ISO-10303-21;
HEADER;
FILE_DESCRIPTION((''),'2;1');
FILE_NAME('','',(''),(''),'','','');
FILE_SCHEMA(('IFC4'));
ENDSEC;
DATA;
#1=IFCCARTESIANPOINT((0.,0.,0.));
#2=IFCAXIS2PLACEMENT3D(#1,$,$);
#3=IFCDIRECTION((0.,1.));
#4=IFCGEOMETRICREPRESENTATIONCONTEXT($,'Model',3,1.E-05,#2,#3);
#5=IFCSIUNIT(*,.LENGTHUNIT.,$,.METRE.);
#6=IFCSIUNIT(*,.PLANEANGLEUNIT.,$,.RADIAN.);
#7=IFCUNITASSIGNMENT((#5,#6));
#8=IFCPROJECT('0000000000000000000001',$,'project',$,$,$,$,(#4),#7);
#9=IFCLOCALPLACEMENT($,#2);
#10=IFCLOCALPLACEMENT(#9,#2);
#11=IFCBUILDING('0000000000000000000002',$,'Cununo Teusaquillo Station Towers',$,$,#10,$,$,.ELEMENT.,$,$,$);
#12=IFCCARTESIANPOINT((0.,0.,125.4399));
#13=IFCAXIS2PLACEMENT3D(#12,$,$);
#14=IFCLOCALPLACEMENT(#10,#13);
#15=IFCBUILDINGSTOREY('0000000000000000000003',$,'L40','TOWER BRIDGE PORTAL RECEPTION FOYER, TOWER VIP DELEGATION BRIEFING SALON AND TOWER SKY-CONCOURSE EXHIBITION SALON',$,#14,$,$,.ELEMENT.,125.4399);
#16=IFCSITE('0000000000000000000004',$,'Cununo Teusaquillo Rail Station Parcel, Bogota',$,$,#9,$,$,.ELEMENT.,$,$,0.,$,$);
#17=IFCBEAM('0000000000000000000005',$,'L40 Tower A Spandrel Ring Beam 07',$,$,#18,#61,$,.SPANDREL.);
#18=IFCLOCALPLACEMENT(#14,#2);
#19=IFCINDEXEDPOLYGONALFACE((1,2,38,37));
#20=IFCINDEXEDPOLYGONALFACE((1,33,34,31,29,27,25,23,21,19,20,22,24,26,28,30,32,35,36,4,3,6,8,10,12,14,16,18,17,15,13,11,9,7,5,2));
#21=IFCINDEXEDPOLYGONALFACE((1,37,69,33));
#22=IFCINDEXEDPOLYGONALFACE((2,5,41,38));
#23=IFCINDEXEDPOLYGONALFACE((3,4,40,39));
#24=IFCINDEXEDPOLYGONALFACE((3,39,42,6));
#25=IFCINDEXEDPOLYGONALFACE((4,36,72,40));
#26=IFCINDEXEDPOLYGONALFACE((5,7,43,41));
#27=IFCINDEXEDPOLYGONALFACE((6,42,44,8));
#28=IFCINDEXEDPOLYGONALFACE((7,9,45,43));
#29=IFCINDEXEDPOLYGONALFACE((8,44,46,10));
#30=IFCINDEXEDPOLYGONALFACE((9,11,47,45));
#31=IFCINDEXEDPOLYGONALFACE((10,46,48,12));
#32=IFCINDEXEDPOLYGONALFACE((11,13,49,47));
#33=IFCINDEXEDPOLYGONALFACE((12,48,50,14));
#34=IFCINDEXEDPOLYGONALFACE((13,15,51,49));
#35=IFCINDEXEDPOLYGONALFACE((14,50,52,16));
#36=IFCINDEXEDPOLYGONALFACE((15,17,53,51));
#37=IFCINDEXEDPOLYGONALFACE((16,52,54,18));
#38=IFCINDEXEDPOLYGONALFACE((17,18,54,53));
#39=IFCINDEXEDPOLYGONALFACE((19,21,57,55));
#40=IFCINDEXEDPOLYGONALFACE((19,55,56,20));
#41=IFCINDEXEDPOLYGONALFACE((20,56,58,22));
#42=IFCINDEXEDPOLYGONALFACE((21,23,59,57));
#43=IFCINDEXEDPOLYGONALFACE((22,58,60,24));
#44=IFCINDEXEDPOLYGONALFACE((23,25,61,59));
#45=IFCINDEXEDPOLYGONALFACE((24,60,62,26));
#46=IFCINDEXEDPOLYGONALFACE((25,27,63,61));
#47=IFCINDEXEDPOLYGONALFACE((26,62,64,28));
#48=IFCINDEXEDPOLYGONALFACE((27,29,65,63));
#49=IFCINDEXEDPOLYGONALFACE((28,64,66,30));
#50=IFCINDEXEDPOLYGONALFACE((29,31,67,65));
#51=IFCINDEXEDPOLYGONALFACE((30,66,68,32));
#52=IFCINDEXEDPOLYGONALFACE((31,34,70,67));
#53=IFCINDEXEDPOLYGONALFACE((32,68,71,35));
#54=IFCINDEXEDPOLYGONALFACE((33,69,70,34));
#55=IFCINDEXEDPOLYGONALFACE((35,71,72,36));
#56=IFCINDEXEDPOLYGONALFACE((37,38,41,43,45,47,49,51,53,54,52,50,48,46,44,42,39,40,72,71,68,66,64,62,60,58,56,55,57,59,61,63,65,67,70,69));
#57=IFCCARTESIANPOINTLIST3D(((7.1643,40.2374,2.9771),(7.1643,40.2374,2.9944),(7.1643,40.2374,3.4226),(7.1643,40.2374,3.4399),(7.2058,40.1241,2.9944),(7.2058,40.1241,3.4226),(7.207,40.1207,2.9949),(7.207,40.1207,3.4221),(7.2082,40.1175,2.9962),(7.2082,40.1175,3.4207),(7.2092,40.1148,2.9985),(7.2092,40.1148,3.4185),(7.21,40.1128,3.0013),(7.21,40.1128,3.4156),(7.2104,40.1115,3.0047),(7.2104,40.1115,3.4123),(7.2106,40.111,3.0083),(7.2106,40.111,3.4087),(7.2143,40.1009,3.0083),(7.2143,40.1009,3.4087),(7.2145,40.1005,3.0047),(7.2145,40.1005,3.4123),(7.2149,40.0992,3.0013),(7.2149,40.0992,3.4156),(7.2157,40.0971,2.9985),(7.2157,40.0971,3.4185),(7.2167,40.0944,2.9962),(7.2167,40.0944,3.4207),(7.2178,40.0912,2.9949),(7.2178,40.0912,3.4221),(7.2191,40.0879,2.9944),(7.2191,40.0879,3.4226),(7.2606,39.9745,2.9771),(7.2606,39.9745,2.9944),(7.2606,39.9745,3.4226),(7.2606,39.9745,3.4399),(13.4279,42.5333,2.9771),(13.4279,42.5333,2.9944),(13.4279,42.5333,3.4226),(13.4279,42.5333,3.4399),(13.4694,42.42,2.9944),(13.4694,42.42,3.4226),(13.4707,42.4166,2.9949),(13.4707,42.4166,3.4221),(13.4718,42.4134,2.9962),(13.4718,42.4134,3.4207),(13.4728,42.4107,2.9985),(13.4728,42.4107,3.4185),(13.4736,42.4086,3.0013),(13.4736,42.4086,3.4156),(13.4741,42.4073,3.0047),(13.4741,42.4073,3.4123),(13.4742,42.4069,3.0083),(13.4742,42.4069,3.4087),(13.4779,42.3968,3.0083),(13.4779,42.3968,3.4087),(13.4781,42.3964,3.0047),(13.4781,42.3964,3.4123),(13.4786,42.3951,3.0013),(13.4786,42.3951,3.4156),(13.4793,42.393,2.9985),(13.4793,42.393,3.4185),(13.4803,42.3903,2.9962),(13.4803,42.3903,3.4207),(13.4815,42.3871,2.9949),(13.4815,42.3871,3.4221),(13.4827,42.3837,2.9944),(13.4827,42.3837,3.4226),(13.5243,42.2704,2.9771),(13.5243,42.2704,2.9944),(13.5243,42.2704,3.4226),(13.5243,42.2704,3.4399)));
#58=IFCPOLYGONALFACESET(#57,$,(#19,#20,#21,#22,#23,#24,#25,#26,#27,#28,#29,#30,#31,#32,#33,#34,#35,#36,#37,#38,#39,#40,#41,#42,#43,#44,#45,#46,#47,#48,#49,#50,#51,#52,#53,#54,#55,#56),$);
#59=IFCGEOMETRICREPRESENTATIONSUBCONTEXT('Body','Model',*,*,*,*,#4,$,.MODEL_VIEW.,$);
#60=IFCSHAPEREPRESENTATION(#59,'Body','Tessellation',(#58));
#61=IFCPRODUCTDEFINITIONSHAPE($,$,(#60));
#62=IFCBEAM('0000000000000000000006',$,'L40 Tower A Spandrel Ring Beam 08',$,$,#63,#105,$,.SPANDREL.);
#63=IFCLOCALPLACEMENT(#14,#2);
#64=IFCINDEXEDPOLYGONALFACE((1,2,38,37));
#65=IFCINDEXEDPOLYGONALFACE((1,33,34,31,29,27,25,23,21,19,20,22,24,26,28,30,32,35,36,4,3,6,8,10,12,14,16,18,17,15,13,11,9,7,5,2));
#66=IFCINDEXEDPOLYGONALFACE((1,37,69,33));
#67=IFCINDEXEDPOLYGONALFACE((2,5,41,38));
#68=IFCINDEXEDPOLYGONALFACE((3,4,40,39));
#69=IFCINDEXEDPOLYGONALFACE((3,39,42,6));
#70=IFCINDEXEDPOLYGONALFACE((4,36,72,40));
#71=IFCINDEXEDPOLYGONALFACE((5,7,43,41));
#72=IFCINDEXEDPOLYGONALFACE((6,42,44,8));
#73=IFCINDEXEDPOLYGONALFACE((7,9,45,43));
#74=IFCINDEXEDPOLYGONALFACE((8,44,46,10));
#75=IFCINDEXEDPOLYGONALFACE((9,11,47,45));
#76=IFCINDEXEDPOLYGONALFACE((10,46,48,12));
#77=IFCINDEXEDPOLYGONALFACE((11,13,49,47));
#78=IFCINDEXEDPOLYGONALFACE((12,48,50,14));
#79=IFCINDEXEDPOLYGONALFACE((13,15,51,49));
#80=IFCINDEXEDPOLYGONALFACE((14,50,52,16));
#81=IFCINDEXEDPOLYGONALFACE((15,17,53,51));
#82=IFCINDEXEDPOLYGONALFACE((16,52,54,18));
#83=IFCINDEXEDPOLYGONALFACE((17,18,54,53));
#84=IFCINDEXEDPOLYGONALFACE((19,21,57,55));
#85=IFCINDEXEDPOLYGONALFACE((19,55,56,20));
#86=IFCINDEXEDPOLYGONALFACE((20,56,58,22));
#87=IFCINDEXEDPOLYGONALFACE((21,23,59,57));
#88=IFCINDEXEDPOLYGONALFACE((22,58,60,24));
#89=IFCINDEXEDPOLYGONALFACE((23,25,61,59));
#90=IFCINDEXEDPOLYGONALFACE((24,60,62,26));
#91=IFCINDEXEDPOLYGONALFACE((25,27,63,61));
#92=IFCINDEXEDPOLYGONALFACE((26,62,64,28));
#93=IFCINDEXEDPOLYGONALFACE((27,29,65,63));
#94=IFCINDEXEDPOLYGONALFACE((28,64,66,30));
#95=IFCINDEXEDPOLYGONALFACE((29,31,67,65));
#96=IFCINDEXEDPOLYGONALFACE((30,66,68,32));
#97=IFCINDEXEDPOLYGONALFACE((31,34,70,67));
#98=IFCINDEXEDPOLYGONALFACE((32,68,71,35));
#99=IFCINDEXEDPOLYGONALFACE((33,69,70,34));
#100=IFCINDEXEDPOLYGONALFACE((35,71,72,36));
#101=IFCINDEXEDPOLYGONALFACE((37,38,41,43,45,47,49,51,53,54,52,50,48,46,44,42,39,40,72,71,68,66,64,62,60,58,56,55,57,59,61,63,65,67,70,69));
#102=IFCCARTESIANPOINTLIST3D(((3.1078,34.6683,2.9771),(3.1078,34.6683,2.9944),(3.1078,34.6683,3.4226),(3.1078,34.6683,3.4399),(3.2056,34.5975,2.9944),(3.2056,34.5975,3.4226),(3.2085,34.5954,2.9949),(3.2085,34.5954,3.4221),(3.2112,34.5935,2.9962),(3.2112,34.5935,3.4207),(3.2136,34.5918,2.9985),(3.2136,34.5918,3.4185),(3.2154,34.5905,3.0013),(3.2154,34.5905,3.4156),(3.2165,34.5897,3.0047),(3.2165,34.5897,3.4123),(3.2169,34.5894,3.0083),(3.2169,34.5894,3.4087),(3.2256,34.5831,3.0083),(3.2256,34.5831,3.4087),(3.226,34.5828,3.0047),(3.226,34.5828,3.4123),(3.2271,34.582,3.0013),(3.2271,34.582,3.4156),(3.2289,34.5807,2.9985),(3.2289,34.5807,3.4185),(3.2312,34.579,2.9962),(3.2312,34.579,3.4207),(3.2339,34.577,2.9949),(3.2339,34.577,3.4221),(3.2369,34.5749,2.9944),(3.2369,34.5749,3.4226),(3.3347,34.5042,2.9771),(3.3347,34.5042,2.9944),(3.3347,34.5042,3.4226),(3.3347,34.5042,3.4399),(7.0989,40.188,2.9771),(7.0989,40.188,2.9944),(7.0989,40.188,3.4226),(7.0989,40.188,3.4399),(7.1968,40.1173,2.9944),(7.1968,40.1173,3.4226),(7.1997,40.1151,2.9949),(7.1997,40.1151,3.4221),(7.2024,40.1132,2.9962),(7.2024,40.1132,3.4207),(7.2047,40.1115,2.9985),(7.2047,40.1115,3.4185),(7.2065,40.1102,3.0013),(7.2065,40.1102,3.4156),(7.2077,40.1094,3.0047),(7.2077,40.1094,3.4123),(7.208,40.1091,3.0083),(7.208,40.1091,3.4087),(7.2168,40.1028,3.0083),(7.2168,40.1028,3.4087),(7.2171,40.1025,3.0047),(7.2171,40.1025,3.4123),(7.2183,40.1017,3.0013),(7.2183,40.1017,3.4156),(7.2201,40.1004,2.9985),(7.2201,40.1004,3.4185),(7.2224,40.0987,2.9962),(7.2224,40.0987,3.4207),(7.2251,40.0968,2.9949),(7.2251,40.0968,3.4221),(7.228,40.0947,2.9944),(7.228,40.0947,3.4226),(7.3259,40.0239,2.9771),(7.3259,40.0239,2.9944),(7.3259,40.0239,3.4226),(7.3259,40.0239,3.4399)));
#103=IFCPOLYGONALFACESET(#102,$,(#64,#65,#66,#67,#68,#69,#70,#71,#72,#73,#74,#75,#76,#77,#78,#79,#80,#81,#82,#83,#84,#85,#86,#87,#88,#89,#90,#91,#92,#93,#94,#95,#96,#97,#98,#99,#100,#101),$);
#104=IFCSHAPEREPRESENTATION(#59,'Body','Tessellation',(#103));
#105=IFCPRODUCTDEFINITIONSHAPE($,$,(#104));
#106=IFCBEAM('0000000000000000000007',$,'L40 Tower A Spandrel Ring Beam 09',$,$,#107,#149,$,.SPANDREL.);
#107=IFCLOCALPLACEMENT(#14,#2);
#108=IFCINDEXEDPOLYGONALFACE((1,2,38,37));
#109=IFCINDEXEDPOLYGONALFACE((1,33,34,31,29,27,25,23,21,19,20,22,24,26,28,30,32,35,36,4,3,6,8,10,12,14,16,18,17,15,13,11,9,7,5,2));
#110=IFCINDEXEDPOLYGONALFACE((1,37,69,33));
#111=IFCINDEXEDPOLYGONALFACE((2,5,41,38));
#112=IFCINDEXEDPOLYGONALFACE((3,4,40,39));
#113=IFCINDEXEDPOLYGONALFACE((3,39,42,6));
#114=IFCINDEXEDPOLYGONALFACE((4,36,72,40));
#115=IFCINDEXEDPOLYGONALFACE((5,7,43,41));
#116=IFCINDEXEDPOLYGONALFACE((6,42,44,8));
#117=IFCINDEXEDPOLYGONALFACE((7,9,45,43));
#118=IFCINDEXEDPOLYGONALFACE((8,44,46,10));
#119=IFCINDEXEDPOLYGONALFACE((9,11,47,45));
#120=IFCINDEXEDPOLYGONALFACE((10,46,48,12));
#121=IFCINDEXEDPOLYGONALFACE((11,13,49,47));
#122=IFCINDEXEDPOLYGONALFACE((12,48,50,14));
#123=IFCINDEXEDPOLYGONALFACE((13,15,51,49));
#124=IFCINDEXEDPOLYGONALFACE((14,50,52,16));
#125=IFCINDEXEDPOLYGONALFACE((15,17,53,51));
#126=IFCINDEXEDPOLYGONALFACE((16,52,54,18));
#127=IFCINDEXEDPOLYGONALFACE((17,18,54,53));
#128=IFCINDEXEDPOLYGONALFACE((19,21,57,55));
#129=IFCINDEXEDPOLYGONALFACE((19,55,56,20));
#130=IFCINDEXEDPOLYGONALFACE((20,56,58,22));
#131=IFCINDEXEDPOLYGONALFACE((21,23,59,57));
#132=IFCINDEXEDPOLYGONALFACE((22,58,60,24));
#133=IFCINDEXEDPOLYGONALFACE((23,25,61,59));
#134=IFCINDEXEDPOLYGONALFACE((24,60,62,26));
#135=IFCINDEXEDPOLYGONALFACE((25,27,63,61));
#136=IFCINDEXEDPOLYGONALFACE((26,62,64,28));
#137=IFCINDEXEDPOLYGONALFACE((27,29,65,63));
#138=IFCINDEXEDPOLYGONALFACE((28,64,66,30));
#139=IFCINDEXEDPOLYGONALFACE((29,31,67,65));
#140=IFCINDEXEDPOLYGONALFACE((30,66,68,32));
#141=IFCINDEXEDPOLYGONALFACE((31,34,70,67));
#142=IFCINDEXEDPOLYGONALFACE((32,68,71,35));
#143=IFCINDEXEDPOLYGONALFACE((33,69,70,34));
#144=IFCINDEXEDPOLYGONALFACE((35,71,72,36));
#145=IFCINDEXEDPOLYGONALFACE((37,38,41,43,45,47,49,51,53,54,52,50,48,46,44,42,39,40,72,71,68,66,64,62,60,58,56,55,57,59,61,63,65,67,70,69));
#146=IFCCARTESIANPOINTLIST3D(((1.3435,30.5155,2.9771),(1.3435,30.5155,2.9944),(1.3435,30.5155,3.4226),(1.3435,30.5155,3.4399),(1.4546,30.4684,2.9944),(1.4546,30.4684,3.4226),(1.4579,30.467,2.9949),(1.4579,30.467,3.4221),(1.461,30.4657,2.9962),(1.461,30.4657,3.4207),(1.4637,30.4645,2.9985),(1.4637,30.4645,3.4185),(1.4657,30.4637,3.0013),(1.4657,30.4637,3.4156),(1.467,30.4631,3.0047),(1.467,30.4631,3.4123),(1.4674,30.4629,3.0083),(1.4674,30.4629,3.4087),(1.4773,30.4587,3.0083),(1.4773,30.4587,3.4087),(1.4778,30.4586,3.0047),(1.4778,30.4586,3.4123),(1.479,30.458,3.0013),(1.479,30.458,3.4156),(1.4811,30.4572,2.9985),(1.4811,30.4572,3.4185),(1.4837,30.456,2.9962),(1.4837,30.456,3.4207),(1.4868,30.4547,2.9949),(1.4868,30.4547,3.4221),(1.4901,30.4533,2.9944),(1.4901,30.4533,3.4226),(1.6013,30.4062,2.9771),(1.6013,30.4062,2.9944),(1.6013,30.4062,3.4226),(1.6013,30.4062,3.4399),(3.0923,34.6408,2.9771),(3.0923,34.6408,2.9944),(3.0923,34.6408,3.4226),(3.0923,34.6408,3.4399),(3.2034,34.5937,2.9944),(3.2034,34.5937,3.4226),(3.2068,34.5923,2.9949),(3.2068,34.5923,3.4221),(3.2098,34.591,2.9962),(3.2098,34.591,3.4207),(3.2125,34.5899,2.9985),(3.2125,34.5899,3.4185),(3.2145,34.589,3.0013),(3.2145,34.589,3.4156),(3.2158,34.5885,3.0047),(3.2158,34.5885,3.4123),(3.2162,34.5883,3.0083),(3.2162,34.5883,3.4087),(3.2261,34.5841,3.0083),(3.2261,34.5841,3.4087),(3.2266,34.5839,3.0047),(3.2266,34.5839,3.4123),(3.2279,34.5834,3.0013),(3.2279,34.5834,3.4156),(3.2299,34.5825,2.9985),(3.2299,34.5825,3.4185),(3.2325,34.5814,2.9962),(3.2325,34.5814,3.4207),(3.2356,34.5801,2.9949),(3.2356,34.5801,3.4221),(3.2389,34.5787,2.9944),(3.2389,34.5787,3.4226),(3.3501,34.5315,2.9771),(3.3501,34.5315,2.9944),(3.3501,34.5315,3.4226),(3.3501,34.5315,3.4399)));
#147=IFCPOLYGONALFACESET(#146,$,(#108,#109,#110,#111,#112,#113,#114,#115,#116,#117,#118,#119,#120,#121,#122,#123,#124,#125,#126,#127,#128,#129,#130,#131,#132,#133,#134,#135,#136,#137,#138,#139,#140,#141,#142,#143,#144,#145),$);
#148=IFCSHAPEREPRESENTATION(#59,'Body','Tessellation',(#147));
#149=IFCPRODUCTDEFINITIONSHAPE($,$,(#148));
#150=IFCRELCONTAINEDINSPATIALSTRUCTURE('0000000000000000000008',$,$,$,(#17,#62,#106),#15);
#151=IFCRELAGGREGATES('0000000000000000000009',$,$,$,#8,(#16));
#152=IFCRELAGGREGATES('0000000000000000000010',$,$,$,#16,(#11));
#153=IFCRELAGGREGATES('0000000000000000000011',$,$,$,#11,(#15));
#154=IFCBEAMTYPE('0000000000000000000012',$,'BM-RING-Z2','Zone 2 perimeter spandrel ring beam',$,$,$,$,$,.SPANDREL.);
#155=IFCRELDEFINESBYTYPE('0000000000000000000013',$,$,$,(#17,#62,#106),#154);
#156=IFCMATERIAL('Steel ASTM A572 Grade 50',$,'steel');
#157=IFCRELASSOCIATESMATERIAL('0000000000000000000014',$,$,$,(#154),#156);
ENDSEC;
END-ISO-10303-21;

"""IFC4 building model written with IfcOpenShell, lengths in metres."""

from ifc_helpers import new_model, si_unit, direction, frame, origin, origin_2d, place, context, subcontext, project, spatial, i_section, extrude, material, material_profile, profile_set, type_object, element, save


model = new_model("IFC4")

# Units and contexts
model_context = context("Model", 3, precision=1e-05, world=origin(), true_north=direction((0.0, 1.0)))
body_context = subcontext(model_context, "Body", "Model", "MODEL_VIEW")
ifc_project = project(units=[si_unit("LENGTHUNIT", "METRE"), si_unit("PLANEANGLEUNIT", "RADIAN")], contexts=[model_context])

# Site, building, storey
site_placement = place(None, origin())
site = spatial("IfcSite", under=ifc_project, at=site_placement, Name="Cununo Teusaquillo Rail Station Parcel, Bogota", CompositionType="ELEMENT", RefElevation=0.0)
building_placement = place(site_placement, origin())
building = spatial("IfcBuilding", under=site, at=building_placement, Name="Cununo Teusaquillo Station Towers", CompositionType="ELEMENT")
storey_placement = place(building_placement, frame((0.0, 0.0, 125.4399)))
storey = spatial("IfcBuildingStorey", under=building, at=storey_placement, Name="L40", Description="TOWER BRIDGE PORTAL RECEPTION FOYER, TOWER VIP DELEGATION BRIEFING SALON AND TOWER SKY-CONCOURSE EXHIBITION SALON", CompositionType="ELEMENT", Elevation=125.4399)

# Beams
ifc_material_1 = material(Name="Steel ASTM A572 Grade 50", Category="steel")
ifc_material_profile_1 = material_profile(ifc_material_1, i_section(OverallWidth=0.28, OverallDepth=0.4629, WebThickness=0.0107, FlangeThickness=0.0173, FilletRadius=0.0139, at=origin_2d()), Name="W18X76")
ifc_profile_set_1 = profile_set([ifc_material_profile_1], Name="Steel ASTM A572 Grade 50")
beam_type_1 = type_object("IfcBeamType", Name="BM-RING-Z2", Description="Zone 2 perimeter spandrel ring beam", PredefinedType="SPANDREL", material=ifc_profile_set_1)
beam_1_placement = place(storey_placement, frame((13.4761, 42.4019, 3.2085), z_axis=(-0.938914, -0.344151, 0.0), x_axis=(0.344151, -0.938914, 0.0)))
element("IfcBeam", 1, at=beam_1_placement, inside=storey, type_object=beam_type_1, Name="L40 Tower A Spandrel Ring Beam 07", PredefinedType="SPANDREL", context=body_context, shape_type="SweptSolid", body=[
    extrude(i_section(OverallWidth=0.28, OverallDepth=0.4629, WebThickness=0.0107, FlangeThickness=0.0173, FilletRadius=0.0139, at=origin_2d()), origin(), (0.0, 0.0, 1.0), 6.6711),
])
beam_2_placement = place(storey_placement, frame((7.2124, 40.106, 3.2085), z_axis=(-0.585945, -0.810351, 0.0), x_axis=(0.810351, -0.585945, 0.0)))
element("IfcBeam", 2, at=beam_2_placement, inside=storey, type_object=beam_type_1, Name="L40 Tower A Spandrel Ring Beam 08", PredefinedType="SPANDREL", context=body_context, shape_type="SweptSolid", body=[
    extrude(i_section(OverallWidth=0.28, OverallDepth=0.4629, WebThickness=0.0107, FlangeThickness=0.0173, FilletRadius=0.0139, at=origin_2d()), origin(), (0.0, 0.0, 1.0), 6.8115),
])
beam_3_placement = place(storey_placement, frame((3.2212, 34.5862, 3.2085), z_axis=(-0.390299, -0.920688, 0.0), x_axis=(0.920688, -0.390299, 0.0)))
element("IfcBeam", 3, at=beam_3_placement, inside=storey, type_object=beam_type_1, Name="L40 Tower A Spandrel Ring Beam 09", PredefinedType="SPANDREL", context=body_context, shape_type="SweptSolid", body=[
    extrude(i_section(OverallWidth=0.28, OverallDepth=0.4629, WebThickness=0.0107, FlangeThickness=0.0173, FilletRadius=0.0139, at=origin_2d()), origin(), (0.0, 0.0, 1.0), 4.4807),
])

save(model, "model.ifc")
